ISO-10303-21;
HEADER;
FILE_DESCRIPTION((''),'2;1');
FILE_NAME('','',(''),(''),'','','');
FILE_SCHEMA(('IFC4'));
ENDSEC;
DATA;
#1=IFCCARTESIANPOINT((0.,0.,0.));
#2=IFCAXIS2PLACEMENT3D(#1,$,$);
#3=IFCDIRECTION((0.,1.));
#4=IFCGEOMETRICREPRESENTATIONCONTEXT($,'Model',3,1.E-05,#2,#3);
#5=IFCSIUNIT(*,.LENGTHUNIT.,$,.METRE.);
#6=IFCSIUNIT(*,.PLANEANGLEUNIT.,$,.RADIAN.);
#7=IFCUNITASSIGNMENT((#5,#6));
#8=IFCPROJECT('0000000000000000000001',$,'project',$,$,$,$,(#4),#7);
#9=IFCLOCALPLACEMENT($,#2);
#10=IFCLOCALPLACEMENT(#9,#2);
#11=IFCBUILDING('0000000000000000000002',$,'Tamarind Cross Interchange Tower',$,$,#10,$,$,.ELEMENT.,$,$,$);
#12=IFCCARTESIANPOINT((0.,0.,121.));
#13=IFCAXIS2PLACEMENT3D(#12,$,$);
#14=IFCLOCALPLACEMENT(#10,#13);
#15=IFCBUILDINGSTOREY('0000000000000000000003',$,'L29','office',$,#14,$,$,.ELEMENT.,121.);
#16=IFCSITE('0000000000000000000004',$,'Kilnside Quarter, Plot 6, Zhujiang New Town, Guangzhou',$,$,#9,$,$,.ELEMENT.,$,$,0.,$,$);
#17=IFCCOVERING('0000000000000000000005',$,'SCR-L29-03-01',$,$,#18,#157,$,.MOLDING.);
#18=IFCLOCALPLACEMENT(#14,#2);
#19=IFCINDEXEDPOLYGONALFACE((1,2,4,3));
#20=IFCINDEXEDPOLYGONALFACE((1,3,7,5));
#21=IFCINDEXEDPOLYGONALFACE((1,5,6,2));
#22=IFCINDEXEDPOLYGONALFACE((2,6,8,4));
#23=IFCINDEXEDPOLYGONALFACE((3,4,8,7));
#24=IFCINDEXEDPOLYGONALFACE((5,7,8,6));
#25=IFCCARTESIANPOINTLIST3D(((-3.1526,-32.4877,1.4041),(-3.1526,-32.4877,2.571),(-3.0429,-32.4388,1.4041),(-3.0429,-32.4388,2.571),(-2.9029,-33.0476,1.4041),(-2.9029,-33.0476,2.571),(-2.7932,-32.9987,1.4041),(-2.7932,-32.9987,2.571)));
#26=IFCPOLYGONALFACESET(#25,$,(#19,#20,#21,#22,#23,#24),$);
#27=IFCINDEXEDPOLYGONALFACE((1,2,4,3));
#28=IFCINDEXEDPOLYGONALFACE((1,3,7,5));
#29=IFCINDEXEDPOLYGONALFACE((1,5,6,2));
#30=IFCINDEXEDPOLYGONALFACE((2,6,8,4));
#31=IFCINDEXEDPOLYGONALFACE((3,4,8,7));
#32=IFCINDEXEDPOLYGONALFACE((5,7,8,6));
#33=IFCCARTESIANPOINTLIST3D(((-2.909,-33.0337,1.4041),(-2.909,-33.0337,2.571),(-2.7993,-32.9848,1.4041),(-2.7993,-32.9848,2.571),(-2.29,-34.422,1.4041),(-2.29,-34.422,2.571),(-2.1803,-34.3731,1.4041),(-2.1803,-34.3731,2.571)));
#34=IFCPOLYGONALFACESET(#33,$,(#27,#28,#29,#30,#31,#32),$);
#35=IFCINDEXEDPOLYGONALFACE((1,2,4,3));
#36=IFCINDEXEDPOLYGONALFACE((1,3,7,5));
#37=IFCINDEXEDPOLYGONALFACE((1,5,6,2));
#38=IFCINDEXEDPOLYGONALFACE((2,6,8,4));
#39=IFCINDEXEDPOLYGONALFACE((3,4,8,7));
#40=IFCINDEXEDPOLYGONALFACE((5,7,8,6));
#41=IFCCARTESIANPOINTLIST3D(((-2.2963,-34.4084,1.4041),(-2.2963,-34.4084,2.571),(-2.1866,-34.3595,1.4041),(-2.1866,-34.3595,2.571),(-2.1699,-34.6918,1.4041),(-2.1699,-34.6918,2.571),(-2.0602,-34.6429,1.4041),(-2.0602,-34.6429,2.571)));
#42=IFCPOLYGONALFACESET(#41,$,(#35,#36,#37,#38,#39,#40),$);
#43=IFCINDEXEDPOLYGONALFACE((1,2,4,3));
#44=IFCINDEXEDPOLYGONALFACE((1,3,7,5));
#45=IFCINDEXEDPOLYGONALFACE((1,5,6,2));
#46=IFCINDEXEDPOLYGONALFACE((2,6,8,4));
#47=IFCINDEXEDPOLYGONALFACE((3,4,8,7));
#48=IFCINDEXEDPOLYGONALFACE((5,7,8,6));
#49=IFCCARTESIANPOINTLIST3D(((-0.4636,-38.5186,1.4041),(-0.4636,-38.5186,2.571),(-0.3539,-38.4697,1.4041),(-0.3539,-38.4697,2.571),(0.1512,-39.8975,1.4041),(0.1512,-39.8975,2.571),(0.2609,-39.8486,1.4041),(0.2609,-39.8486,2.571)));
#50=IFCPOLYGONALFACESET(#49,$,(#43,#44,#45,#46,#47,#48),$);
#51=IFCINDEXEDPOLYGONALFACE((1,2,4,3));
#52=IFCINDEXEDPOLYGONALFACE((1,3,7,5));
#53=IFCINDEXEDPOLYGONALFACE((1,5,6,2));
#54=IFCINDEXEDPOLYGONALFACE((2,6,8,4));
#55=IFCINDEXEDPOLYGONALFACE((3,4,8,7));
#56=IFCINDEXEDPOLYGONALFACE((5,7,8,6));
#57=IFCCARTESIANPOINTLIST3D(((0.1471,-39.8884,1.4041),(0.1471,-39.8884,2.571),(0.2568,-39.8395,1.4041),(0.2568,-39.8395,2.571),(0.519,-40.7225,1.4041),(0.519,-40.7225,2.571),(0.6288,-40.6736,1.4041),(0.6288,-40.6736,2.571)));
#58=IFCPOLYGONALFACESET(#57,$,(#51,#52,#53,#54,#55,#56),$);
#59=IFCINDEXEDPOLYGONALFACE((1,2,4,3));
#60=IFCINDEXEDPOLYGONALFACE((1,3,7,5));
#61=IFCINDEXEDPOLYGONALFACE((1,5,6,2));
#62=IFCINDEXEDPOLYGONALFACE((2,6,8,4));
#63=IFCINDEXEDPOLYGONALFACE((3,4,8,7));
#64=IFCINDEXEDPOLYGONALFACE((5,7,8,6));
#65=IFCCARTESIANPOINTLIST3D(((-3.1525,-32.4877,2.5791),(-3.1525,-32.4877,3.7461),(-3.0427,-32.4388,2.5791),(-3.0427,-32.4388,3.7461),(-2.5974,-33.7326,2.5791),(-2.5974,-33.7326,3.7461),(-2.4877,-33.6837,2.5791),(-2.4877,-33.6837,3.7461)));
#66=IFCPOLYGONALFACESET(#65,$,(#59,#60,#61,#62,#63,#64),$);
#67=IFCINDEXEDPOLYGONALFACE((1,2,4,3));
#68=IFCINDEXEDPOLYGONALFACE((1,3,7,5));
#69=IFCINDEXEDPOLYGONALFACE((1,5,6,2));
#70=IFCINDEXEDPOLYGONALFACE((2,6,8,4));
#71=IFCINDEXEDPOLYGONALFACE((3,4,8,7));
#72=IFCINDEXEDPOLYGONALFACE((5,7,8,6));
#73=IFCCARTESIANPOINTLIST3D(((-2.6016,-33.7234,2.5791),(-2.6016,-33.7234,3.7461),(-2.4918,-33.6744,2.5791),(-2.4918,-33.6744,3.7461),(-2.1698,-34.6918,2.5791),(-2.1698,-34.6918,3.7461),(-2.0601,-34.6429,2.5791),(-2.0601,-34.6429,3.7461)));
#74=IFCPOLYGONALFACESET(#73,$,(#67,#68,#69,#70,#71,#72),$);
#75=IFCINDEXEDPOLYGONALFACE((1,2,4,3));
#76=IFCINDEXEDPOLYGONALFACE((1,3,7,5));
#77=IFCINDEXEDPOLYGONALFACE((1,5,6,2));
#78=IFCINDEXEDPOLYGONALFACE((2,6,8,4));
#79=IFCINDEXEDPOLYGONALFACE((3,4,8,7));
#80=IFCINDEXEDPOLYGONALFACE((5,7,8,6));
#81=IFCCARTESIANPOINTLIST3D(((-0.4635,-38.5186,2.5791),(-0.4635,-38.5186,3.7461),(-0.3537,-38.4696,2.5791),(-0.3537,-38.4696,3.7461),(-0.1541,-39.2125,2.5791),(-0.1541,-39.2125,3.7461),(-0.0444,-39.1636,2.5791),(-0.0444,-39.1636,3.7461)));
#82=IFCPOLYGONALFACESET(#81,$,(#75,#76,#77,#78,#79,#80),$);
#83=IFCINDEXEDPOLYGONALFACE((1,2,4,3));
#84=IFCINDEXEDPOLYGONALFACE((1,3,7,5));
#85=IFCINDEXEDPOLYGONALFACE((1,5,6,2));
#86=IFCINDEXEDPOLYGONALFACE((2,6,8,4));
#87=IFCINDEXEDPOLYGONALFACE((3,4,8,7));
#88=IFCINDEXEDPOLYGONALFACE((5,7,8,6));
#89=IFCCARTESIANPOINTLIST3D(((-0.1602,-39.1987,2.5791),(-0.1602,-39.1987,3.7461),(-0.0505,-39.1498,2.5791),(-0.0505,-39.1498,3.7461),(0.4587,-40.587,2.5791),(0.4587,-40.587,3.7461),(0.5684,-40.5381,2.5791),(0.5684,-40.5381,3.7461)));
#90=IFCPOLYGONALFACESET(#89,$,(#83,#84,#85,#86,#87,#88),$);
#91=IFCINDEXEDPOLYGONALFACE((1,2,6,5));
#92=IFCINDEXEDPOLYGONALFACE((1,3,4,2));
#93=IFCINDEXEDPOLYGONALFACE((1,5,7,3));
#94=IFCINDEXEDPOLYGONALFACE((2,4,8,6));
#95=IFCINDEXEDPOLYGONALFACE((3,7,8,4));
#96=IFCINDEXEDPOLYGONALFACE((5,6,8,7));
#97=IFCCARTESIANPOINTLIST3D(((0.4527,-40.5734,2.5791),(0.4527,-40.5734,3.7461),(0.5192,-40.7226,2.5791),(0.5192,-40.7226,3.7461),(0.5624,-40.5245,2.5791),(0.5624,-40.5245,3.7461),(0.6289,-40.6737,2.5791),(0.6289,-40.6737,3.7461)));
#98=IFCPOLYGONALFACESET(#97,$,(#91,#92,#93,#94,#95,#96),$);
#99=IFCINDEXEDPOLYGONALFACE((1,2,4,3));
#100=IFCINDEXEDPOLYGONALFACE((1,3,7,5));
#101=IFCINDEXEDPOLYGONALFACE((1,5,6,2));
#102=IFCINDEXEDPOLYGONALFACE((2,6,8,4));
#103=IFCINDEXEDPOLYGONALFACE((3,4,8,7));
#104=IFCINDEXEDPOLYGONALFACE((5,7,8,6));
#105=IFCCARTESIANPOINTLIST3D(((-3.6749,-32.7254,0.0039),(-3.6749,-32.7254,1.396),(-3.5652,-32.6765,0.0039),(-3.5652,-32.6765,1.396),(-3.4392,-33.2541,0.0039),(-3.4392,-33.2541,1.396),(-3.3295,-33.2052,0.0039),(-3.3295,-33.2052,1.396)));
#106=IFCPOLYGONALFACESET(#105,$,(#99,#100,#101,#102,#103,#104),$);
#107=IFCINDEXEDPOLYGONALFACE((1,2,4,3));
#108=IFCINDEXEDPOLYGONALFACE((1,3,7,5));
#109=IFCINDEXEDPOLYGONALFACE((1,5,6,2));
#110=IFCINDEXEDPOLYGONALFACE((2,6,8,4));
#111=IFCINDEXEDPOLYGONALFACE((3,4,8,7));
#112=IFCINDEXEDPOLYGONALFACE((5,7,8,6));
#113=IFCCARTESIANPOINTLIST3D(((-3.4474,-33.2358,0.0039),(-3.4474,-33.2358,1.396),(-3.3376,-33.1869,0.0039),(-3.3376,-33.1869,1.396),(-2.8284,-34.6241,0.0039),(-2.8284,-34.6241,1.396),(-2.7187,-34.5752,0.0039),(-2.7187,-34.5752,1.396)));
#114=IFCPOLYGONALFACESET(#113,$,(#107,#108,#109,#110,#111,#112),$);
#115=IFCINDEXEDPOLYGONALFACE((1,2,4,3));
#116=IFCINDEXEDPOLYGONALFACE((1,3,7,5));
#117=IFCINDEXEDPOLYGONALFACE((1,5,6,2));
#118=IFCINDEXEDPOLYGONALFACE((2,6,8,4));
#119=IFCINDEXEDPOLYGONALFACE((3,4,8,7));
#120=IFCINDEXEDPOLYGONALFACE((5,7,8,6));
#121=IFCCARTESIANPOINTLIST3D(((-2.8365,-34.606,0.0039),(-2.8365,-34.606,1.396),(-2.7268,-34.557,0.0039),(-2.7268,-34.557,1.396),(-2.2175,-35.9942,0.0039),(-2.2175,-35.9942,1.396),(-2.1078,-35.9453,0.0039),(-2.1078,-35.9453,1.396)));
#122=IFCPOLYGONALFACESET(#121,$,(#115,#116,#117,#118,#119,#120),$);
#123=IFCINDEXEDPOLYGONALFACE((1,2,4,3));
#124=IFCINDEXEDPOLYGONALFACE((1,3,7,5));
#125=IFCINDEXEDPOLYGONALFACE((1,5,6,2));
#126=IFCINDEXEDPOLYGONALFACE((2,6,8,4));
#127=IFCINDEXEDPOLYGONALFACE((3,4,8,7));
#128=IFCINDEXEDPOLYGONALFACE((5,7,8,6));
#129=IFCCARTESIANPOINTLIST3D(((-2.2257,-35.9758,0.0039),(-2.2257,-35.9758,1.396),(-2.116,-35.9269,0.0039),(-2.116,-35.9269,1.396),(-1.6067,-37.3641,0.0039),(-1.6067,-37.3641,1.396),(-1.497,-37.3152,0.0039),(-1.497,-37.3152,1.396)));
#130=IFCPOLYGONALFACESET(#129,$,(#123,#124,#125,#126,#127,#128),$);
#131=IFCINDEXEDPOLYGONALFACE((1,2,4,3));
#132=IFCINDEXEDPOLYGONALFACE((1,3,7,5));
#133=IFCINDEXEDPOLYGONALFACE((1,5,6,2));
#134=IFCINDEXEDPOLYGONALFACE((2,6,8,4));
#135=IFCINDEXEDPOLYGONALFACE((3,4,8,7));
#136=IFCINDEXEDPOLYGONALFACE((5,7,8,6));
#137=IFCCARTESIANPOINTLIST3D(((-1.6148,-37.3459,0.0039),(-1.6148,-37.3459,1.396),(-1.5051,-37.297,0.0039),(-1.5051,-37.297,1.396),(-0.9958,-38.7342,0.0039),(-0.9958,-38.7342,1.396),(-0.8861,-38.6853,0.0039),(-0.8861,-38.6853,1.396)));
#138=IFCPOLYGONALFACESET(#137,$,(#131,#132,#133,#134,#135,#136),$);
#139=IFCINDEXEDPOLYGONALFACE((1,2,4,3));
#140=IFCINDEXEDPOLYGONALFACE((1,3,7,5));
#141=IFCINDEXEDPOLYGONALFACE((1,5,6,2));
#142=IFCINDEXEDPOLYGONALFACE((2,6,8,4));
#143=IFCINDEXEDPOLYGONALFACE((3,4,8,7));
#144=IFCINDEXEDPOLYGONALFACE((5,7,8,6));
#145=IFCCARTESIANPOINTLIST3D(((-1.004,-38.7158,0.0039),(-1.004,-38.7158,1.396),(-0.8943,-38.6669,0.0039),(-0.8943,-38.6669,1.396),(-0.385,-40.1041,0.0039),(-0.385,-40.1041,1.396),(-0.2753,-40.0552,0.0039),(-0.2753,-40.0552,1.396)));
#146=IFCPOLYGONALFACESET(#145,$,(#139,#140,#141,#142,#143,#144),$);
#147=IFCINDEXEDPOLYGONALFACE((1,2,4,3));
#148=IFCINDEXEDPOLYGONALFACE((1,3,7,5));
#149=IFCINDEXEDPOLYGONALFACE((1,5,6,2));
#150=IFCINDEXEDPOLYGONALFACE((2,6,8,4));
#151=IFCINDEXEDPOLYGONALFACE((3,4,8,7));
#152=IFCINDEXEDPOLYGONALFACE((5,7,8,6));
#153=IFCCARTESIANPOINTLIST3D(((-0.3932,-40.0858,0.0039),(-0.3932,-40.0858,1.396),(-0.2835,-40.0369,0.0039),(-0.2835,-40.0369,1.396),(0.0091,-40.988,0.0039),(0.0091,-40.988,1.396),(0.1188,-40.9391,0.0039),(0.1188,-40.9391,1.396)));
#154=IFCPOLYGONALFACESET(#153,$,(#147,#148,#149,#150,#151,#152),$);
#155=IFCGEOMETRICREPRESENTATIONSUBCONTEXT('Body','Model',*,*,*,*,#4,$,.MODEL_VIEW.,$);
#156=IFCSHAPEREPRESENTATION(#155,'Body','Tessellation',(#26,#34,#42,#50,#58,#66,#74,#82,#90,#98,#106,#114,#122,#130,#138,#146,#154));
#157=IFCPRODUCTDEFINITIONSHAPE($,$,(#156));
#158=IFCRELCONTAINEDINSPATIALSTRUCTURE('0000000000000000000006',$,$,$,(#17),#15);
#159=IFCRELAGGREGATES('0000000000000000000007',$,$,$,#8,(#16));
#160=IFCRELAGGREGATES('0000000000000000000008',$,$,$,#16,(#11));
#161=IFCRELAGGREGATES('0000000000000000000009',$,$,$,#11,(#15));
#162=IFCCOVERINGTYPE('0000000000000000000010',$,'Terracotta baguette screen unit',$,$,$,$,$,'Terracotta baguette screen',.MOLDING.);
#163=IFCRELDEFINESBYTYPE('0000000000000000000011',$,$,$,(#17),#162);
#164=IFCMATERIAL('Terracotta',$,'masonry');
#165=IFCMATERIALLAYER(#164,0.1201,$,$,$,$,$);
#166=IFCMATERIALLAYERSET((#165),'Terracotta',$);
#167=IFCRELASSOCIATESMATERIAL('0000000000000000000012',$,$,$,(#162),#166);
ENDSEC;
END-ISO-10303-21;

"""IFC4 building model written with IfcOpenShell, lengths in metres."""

from ifc_helpers import new_model, si_unit, direction, frame, origin, origin_2d, place, context, subcontext, project, spatial, rectangle, extrude, material, layer, layer_set, type_object, element, save


model = new_model("IFC4")

# Units and contexts
model_context = context("Model", 3, precision=1e-05, world=origin(), true_north=direction((0.0, 1.0)))
body_context = subcontext(model_context, "Body", "Model", "MODEL_VIEW")
ifc_project = project(units=[si_unit("LENGTHUNIT", "METRE"), si_unit("PLANEANGLEUNIT", "RADIAN")], contexts=[model_context])

# Site, building, storey
site_placement = place(None, origin())
site = spatial("IfcSite", under=ifc_project, at=site_placement, Name="Kilnside Quarter, Plot 6, Zhujiang New Town, Guangzhou", CompositionType="ELEMENT", RefElevation=0.0)
building_placement = place(site_placement, origin())
building = spatial("IfcBuilding", under=site, at=building_placement, Name="Tamarind Cross Interchange Tower", CompositionType="ELEMENT")
storey_placement = place(building_placement, frame((0.0, 0.0, 121.0)))
storey = spatial("IfcBuildingStorey", under=building, at=storey_placement, Name="L29", Description="office", CompositionType="ELEMENT", Elevation=121.0)

# Covering
ifc_material_1 = material(Name="Terracotta", Category="masonry")
ifc_layer_1 = layer(ifc_material_1, 0.1201)
ifc_layer_set_1 = layer_set([ifc_layer_1], Name="Terracotta")
covering_type = type_object("IfcCoveringType", Name="Terracotta baguette screen unit", ElementType="Terracotta baguette screen", PredefinedType="MOLDING", material=ifc_layer_set_1)
covering_1_placement = place(storey_placement, origin())
element("IfcCovering", 1, at=covering_1_placement, inside=storey, type_object=covering_type, Name="SCR-L29-03-01", PredefinedType="MOLDING", context=body_context, shape_type="SweptSolid", body=[
    extrude(rectangle(XDim=0.613, YDim=0.1201, at=origin_2d()), frame((-2.9729, -32.7432, 1.4041), z_axis=(0.0, 0.0, 1.0), x_axis=(0.407221, -0.91333, 0.0)), (0.0, 0.0, 1.0), 1.167),
    extrude(rectangle(XDim=1.52, YDim=0.1201, at=origin_2d()), frame((-2.5447, -33.7034, 1.4041), z_axis=(0.0, 0.0, 1.0), x_axis=(0.407221, -0.91333, 0.0)), (0.0, 0.0, 1.0), 1.167),
    extrude(rectangle(XDim=0.3103, YDim=0.1201, at=origin_2d()), frame((-2.1782, -34.5256, 1.4041), z_axis=(0.0, 0.0, 1.0), x_axis=(0.407221, -0.91333, 0.0)), (0.0, 0.0, 1.0), 1.167),
    extrude(rectangle(XDim=1.5098, YDim=0.1201, at=origin_2d()), frame((-0.1013, -39.1836, 1.4041), z_axis=(0.0, 0.0, 1.0), x_axis=(0.407221, -0.91333, 0.0)), (0.0, 0.0, 1.0), 1.167),
    extrude(rectangle(XDim=0.9133, YDim=0.1201, at=origin_2d()), frame((0.3879, -40.281, 1.4041), z_axis=(0.0, 0.0, 1.0), x_axis=(0.407221, -0.91333, 0.0)), (0.0, 0.0, 1.0), 1.167),
    extrude(rectangle(XDim=1.363, YDim=0.1201, at=origin_2d()), frame((-2.8201, -33.0857, 2.5791), z_axis=(0.0, 0.0, 1.0), x_axis=(0.407221, -0.91333, 0.0)), (0.0, 0.0, 1.0), 1.167),
    extrude(rectangle(XDim=1.0603, YDim=0.1201, at=origin_2d()), frame((-2.3308, -34.1831, 2.5791), z_axis=(0.0, 0.0, 1.0), x_axis=(0.407221, -0.91333, 0.0)), (0.0, 0.0, 1.0), 1.167),
    extrude(rectangle(XDim=0.7598, YDim=0.1201, at=origin_2d()), frame((-0.2539, -38.8411, 2.5791), z_axis=(0.0, 0.0, 1.0), x_axis=(0.407221, -0.91333, 0.0)), (0.0, 0.0, 1.0), 1.167),
    extrude(rectangle(XDim=1.52, YDim=0.1201, at=origin_2d()), frame((0.2041, -39.8684, 2.5791), z_axis=(0.0, 0.0, 1.0), x_axis=(0.407221, -0.91333, 0.0)), (0.0, 0.0, 1.0), 1.167),
    extrude(rectangle(XDim=0.1633, YDim=0.1201, at=origin_2d()), frame((0.5408, -40.6235, 2.5791), z_axis=(0.0, 0.0, 1.0), x_axis=(0.407221, -0.91333, 0.0)), (0.0, 0.0, 1.0), 1.167),
    extrude(rectangle(XDim=0.5789, YDim=0.1201, at=origin_2d()), frame((-3.5022, -32.9653, 0.0039), z_axis=(0.0, 0.0, 1.0), x_axis=(0.407221, -0.91333, 0.0)), (0.0, 0.0, 1.0), 1.3921),
    extrude(rectangle(XDim=1.52, YDim=0.1201, at=origin_2d()), frame((-3.083, -33.9055, 0.0039), z_axis=(0.0, 0.0, 1.0), x_axis=(0.407221, -0.91333, 0.0)), (0.0, 0.0, 1.0), 1.3921),
    extrude(rectangle(XDim=1.52, YDim=0.1201, at=origin_2d()), frame((-2.4722, -35.2756, 0.0039), z_axis=(0.0, 0.0, 1.0), x_axis=(0.407221, -0.91333, 0.0)), (0.0, 0.0, 1.0), 1.3921),
    extrude(rectangle(XDim=1.52, YDim=0.1201, at=origin_2d()), frame((-1.8613, -36.6455, 0.0039), z_axis=(0.0, 0.0, 1.0), x_axis=(0.407221, -0.91333, 0.0)), (0.0, 0.0, 1.0), 1.3921),
    extrude(rectangle(XDim=1.52, YDim=0.1201, at=origin_2d()), frame((-1.2505, -38.0156, 0.0039), z_axis=(0.0, 0.0, 1.0), x_axis=(0.407221, -0.91333, 0.0)), (0.0, 0.0, 1.0), 1.3921),
    extrude(rectangle(XDim=1.52, YDim=0.1201, at=origin_2d()), frame((-0.6396, -39.3855, 0.0039), z_axis=(0.0, 0.0, 1.0), x_axis=(0.407221, -0.91333, 0.0)), (0.0, 0.0, 1.0), 1.3921),
    extrude(rectangle(XDim=0.9878, YDim=0.1201, at=origin_2d()), frame((-0.1372, -40.5125, 0.0039), z_axis=(0.0, 0.0, 1.0), x_axis=(0.407221, -0.91333, 0.0)), (0.0, 0.0, 1.0), 1.3921),
])

save(model, "model.ifc")
